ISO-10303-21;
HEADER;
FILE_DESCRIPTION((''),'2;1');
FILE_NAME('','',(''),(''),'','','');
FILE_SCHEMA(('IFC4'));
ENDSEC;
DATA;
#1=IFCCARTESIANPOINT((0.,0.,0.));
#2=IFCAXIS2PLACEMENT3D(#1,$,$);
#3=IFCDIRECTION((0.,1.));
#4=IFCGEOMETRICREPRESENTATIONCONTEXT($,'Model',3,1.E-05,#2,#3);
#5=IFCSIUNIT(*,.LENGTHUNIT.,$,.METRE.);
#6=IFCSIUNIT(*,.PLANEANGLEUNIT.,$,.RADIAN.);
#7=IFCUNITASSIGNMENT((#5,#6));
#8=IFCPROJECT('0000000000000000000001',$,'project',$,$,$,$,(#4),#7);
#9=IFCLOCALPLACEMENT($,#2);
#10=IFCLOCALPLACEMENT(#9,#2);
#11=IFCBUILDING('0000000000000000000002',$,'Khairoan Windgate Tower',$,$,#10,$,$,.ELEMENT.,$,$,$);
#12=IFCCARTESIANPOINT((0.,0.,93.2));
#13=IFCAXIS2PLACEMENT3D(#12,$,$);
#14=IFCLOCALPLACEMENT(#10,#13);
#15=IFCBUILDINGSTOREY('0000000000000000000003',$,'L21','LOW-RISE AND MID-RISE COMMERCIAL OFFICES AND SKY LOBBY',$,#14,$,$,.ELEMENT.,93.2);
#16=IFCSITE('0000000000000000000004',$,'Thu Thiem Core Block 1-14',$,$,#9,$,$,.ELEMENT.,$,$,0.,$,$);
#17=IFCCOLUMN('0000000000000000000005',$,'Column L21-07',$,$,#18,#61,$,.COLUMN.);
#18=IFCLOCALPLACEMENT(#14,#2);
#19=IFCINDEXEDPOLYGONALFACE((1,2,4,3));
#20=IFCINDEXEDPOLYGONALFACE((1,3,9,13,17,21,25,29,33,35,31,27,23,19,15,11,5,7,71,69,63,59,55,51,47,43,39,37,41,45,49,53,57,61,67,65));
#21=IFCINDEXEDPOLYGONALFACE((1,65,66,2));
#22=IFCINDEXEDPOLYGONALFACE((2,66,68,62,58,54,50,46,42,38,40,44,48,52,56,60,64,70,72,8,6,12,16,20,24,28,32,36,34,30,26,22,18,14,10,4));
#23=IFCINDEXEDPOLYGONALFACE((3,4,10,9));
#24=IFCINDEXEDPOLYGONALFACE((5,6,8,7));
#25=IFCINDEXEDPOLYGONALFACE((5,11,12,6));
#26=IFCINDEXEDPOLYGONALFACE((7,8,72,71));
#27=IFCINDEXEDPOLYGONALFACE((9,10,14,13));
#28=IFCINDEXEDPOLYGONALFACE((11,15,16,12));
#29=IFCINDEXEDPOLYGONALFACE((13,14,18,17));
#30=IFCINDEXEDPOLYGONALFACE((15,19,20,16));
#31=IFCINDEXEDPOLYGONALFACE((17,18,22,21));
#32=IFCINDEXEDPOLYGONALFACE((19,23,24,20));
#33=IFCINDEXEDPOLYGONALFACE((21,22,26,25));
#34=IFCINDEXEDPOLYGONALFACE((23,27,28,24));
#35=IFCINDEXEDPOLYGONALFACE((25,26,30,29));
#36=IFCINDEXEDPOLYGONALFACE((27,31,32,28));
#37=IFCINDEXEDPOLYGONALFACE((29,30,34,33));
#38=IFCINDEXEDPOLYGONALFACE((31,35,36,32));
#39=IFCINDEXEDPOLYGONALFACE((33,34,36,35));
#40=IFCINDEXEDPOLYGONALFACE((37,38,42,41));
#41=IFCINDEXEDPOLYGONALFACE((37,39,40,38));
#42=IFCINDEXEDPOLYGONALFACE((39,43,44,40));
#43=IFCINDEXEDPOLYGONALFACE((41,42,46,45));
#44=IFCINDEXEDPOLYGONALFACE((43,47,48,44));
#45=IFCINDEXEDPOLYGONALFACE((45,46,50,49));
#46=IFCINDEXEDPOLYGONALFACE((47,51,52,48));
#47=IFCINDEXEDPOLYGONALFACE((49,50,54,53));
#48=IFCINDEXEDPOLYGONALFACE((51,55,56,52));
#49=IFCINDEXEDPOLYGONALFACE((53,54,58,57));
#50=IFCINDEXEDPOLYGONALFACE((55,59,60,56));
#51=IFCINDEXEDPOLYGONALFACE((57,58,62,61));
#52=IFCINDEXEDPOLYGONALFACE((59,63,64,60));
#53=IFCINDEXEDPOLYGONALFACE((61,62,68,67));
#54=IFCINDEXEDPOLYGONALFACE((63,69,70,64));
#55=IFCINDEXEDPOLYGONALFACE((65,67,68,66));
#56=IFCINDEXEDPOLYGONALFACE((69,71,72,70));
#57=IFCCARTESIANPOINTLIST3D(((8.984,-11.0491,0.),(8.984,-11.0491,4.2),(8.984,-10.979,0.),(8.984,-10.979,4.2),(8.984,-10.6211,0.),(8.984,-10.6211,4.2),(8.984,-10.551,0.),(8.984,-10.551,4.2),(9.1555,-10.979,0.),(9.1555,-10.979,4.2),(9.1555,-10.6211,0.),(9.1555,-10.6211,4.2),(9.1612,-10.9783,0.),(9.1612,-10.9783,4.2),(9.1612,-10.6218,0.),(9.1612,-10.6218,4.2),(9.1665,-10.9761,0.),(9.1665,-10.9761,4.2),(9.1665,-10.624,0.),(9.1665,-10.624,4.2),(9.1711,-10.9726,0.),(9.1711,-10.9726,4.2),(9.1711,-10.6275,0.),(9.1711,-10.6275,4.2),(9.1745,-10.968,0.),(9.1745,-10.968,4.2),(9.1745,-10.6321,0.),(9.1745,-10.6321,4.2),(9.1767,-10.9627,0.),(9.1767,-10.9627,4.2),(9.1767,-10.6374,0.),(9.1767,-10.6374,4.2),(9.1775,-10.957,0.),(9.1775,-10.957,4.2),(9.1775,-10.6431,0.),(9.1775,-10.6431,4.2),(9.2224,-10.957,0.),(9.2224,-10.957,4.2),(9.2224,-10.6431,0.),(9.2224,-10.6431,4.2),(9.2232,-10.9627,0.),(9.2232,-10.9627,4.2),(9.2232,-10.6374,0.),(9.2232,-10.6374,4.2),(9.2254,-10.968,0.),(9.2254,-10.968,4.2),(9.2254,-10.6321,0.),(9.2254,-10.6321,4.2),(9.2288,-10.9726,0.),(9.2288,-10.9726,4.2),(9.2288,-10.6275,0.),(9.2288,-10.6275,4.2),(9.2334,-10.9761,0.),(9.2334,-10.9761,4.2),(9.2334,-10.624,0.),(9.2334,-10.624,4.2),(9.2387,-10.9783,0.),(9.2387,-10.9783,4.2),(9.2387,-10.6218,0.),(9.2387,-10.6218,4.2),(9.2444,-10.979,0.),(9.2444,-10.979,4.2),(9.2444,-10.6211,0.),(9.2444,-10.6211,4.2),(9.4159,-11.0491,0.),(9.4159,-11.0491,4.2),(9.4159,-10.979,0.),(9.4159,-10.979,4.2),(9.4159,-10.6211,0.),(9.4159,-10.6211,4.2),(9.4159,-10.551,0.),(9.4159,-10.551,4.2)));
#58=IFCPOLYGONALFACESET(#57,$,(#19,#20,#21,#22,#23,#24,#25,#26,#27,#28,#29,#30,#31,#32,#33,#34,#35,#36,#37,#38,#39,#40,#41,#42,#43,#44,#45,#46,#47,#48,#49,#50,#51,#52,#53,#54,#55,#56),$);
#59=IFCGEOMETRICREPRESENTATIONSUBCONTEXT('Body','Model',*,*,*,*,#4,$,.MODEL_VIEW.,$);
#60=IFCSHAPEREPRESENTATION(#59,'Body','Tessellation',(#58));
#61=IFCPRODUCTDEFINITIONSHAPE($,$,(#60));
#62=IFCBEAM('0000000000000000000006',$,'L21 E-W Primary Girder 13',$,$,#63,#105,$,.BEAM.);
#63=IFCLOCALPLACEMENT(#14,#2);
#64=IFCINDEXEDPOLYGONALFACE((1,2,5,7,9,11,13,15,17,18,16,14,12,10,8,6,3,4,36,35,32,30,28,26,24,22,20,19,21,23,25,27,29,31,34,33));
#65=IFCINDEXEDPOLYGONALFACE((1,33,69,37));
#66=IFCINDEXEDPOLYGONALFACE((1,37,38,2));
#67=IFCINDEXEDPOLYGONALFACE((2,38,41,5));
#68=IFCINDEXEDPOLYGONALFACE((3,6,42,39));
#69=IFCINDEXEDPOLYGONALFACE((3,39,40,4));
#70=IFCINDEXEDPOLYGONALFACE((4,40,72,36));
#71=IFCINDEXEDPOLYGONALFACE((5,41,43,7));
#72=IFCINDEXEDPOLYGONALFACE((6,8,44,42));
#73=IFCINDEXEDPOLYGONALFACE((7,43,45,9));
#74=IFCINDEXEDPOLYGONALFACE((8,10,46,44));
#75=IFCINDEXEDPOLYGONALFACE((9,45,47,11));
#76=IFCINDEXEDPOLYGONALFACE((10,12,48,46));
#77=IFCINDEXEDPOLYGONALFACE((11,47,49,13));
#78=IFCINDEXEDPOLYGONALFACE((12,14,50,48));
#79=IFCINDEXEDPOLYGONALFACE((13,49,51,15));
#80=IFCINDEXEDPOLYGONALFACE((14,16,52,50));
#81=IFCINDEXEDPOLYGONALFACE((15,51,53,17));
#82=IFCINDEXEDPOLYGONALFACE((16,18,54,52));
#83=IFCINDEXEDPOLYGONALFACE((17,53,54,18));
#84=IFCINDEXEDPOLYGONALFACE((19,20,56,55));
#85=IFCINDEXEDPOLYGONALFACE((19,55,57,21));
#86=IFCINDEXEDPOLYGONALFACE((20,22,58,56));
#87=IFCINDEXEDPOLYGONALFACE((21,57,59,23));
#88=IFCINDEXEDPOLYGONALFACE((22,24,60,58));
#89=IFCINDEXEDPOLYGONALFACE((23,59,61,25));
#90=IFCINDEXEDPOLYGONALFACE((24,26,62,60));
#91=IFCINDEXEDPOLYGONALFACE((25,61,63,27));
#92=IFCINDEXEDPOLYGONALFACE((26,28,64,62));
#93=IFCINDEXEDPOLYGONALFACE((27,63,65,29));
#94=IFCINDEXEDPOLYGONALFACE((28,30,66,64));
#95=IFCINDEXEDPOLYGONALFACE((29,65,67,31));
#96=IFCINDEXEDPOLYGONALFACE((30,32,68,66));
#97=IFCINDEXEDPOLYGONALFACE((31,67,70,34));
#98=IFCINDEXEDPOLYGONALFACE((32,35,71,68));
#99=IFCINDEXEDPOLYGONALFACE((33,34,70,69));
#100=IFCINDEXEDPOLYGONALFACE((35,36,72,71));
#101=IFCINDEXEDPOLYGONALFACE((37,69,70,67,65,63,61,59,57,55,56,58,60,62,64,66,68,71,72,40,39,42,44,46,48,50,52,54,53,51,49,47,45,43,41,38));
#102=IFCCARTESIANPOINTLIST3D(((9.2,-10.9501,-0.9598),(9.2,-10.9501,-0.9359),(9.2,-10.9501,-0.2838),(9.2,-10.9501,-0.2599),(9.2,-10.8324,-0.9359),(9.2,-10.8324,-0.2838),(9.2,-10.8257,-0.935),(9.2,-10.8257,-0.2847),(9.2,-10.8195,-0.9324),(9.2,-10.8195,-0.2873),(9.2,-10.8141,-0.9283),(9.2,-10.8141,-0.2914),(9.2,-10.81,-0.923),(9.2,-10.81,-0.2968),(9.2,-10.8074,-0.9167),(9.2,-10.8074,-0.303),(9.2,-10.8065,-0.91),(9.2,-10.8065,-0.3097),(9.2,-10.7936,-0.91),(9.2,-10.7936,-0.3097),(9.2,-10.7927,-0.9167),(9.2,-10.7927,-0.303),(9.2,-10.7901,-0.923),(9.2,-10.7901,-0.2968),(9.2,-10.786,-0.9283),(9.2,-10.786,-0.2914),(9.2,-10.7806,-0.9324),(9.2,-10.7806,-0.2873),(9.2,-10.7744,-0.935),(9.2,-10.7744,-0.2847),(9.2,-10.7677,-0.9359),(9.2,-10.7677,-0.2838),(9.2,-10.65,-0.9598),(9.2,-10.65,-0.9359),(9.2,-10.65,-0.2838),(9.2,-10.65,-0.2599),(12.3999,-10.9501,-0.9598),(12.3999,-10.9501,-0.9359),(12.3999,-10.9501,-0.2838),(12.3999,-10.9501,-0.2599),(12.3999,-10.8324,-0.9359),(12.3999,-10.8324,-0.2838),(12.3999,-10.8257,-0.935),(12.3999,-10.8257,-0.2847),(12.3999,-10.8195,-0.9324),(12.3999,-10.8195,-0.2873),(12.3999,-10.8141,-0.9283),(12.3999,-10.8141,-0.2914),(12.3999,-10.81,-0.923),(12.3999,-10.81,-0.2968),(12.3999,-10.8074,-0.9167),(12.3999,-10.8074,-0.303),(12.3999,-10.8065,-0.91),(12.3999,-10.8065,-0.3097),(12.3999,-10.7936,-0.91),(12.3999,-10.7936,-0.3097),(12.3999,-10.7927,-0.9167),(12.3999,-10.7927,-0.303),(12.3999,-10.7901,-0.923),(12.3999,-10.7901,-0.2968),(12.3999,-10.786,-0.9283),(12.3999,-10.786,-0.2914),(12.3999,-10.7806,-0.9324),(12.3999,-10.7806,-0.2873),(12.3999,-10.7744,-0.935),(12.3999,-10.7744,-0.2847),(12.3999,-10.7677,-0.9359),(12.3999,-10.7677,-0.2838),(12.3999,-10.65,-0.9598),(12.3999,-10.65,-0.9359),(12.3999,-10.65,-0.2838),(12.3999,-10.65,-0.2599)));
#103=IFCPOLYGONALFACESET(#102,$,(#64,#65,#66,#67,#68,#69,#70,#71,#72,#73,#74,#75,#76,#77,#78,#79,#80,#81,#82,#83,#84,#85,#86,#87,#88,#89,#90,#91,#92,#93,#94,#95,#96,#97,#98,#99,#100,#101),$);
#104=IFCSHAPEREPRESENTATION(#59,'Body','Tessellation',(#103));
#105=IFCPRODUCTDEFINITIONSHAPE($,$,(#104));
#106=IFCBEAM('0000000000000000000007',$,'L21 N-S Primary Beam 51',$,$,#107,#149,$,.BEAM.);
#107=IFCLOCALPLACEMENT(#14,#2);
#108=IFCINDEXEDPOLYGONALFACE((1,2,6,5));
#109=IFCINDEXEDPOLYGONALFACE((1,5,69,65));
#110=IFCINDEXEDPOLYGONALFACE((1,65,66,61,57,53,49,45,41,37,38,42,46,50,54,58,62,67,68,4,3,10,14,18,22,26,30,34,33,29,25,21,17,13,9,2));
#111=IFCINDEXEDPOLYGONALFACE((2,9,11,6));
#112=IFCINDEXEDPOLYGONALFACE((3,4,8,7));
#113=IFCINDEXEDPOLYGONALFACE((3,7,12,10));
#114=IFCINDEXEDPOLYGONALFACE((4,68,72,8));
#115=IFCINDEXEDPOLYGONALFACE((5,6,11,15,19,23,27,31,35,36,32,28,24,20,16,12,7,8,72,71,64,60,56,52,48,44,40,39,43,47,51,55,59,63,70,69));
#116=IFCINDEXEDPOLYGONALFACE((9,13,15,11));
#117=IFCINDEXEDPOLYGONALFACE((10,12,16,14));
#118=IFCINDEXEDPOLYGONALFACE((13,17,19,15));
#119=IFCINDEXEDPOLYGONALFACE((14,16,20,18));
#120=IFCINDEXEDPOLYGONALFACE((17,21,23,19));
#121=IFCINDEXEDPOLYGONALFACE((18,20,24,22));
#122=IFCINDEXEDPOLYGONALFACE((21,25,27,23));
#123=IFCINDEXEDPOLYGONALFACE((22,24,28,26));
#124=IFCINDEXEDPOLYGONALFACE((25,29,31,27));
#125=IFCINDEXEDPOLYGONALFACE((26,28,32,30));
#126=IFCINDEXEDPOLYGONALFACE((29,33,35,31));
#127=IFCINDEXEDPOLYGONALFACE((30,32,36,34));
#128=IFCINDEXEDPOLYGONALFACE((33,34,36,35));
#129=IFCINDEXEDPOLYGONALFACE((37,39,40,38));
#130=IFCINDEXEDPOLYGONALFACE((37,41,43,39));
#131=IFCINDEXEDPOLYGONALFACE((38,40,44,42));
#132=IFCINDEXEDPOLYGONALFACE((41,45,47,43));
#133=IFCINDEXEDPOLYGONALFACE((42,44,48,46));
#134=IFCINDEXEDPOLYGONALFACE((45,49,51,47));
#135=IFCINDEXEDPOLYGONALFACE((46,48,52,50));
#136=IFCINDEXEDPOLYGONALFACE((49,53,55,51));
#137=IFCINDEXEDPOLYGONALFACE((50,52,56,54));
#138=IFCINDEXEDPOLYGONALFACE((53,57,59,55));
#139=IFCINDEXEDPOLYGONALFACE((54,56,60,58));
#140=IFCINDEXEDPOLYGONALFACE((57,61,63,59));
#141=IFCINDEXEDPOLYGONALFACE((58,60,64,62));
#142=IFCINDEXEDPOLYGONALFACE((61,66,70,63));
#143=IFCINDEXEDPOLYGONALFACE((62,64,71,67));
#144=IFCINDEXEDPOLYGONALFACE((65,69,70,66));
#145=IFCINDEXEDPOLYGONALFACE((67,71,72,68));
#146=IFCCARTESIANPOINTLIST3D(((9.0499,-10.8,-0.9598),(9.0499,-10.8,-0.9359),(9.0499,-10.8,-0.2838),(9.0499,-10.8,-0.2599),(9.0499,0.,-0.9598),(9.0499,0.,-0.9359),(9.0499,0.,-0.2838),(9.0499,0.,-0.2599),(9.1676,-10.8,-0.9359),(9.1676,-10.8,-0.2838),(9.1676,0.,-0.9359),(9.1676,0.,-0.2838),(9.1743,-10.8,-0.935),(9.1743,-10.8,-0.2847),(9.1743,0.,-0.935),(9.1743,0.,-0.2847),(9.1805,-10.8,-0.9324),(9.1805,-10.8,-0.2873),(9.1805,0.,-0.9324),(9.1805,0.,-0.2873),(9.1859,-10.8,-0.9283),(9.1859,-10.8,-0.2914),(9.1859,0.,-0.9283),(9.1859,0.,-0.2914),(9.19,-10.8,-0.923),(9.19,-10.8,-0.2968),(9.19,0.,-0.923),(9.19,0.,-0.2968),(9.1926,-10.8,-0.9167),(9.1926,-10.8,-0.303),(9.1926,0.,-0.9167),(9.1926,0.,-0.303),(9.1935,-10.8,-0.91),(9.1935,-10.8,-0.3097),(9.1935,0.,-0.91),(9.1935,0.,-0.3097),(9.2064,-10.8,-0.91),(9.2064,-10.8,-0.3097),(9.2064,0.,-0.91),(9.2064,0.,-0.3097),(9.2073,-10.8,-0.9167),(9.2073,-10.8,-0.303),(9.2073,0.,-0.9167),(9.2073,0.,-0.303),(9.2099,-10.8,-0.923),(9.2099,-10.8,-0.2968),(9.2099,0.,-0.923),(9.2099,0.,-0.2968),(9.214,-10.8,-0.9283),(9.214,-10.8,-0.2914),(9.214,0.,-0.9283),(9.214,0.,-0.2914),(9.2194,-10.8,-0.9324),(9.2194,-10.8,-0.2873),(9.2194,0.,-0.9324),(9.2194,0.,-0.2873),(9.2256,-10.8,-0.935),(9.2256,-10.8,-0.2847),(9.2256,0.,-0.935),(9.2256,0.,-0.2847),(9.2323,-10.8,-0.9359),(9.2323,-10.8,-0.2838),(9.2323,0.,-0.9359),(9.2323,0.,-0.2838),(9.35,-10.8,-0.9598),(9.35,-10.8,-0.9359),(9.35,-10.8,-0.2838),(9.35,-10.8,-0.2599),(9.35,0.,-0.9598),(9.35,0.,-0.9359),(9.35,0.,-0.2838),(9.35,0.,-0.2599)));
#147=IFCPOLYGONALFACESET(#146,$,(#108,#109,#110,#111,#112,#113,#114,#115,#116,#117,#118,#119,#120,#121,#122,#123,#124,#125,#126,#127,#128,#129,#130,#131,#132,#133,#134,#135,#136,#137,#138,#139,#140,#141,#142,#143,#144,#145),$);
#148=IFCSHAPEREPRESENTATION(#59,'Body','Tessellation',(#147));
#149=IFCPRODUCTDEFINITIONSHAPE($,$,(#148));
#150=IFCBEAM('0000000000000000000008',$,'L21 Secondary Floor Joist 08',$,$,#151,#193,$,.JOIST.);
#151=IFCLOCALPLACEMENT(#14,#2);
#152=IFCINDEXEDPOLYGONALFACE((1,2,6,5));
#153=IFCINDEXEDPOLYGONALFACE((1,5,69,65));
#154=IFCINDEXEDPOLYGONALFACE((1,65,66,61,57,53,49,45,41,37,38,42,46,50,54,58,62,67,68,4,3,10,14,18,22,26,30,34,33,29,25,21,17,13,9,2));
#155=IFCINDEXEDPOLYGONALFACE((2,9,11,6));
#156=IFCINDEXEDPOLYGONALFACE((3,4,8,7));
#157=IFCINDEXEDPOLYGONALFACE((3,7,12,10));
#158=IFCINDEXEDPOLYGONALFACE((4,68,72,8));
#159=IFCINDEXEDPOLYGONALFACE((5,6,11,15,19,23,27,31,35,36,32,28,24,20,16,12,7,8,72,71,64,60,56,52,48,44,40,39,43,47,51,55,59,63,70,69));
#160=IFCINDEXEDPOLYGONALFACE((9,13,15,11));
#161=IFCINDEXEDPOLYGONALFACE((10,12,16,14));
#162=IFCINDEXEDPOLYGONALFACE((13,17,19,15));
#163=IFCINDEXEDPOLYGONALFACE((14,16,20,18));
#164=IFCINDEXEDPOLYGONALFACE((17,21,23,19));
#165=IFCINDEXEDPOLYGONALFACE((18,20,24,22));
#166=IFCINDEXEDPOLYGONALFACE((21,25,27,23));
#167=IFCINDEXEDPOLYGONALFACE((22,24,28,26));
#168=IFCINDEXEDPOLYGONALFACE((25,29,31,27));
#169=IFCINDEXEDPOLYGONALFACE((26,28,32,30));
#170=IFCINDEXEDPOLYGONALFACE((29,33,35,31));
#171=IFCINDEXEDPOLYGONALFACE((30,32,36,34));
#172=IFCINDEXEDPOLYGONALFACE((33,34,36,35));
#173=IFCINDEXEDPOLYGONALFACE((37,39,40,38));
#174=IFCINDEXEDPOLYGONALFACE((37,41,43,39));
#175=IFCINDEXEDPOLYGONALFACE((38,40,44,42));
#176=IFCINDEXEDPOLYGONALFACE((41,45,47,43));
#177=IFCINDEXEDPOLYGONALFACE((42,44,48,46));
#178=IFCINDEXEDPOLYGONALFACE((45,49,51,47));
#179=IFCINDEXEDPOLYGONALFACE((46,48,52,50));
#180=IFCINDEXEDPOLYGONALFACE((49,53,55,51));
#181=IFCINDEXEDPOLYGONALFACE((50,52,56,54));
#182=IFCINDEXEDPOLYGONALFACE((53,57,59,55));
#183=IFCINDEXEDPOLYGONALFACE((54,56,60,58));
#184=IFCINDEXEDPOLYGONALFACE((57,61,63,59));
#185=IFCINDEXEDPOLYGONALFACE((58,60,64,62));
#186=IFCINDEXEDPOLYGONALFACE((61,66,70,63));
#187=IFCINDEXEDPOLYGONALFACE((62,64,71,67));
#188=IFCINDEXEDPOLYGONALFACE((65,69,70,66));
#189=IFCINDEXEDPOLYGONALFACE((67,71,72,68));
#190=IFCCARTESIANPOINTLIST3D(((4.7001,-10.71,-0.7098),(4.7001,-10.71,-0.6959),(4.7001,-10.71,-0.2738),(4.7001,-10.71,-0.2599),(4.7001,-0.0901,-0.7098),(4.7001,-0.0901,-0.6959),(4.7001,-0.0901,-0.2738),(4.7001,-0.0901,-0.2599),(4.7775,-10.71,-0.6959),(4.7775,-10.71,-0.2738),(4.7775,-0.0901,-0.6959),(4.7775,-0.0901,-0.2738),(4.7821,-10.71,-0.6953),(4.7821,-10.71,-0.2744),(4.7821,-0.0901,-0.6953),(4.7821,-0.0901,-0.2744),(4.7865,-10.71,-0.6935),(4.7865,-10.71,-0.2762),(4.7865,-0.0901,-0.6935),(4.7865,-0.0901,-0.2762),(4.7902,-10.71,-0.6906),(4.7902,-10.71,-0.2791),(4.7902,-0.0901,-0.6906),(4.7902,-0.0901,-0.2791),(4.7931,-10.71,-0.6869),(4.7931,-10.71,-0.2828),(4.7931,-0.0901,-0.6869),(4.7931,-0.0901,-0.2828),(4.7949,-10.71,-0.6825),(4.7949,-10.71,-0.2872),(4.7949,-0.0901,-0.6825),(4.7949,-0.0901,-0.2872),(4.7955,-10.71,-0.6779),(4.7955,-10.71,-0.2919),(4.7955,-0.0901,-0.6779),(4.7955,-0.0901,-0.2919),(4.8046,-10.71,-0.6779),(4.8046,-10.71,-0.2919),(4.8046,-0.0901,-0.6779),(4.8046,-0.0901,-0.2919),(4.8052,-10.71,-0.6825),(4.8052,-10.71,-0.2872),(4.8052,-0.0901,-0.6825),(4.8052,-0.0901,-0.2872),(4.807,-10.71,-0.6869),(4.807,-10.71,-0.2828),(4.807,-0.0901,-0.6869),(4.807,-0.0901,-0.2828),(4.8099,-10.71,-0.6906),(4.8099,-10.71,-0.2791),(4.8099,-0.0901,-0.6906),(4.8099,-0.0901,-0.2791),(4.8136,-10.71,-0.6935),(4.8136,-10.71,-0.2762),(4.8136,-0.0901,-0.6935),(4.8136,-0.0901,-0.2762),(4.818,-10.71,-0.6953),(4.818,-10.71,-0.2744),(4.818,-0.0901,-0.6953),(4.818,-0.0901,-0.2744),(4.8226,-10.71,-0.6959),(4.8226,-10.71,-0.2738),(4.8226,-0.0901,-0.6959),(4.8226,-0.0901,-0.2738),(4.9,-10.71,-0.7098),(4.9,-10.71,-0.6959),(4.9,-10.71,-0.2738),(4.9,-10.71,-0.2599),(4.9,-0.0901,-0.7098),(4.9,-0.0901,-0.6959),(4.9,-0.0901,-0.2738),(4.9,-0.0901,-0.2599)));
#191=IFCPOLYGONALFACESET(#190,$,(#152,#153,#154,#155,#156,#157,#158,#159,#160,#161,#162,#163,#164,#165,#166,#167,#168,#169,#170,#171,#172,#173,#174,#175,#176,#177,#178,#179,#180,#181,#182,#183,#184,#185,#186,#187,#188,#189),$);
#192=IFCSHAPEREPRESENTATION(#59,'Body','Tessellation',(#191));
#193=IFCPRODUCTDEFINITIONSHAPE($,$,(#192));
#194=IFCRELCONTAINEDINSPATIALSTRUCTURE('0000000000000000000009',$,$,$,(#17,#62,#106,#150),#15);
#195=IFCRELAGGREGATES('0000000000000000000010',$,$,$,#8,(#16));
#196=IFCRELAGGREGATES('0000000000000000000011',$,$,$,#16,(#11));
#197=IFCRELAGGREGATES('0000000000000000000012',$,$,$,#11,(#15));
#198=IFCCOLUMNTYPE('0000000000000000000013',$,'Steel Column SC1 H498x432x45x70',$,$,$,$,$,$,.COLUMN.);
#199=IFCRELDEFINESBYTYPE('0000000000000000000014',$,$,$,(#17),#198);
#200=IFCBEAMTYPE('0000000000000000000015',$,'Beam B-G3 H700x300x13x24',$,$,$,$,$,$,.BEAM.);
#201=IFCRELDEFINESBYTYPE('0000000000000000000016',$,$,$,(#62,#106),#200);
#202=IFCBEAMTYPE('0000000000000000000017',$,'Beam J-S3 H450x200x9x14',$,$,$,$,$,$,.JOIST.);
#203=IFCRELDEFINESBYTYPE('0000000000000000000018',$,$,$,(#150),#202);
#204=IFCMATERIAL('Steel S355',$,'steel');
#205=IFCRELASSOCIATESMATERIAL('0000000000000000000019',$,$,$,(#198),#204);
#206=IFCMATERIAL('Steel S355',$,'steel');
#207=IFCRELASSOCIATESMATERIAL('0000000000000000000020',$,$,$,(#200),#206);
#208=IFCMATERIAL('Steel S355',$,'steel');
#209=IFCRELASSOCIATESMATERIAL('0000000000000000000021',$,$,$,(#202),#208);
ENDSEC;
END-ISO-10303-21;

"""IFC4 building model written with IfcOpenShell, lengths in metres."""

from ifc_helpers import new_model, si_unit, direction, frame, origin, origin_2d, place, context, subcontext, project, spatial, i_section, extrude, material, material_profile, profile_set, type_object, element, save


model = new_model("IFC4")

# Units and contexts
model_context = context("Model", 3, precision=1e-05, world=origin(), true_north=direction((0.0, 1.0)))
body_context = subcontext(model_context, "Body", "Model", "MODEL_VIEW")
ifc_project = project(units=[si_unit("LENGTHUNIT", "METRE"), si_unit("PLANEANGLEUNIT", "RADIAN")], contexts=[model_context])

# Site, building, storey
site_placement = place(None, origin())
site = spatial("IfcSite", under=ifc_project, at=site_placement, Name="Thu Thiem Core Block 1-14", CompositionType="ELEMENT", RefElevation=0.0)
building_placement = place(site_placement, origin())
building = spatial("IfcBuilding", under=site, at=building_placement, Name="Khairoan Windgate Tower", CompositionType="ELEMENT")
storey_placement = place(building_placement, frame((0.0, 0.0, 93.2)))
storey = spatial("IfcBuildingStorey", under=building, at=storey_placement, Name="L21", Description="LOW-RISE AND MID-RISE COMMERCIAL OFFICES AND SKY LOBBY", CompositionType="ELEMENT", Elevation=93.2)

# Column
ifc_material_1 = material(Name="Steel S355", Category="steel")
ifc_material_profile_1 = material_profile(ifc_material_1, i_section(OverallWidth=0.4319, OverallDepth=0.498, WebThickness=0.0449, FlangeThickness=0.0701, FilletRadius=0.022, at=origin_2d()))
ifc_profile_set_1 = profile_set([ifc_material_profile_1], Name="Steel S355")
column_type = type_object("IfcColumnType", Name="Steel Column SC1 H498x432x45x70", PredefinedType="COLUMN", material=ifc_profile_set_1)
column_placement = place(storey_placement, frame((9.2, -10.8, 0.0), z_axis=(0.0, 0.0, 1.0), x_axis=(1.0, 0.0, 0.0)))
element("IfcColumn", 1, at=column_placement, inside=storey, type_object=column_type, Name="Column L21-07", PredefinedType="COLUMN", context=body_context, shape_type="SweptSolid", body=[
    extrude(i_section(OverallWidth=0.4319, OverallDepth=0.498, WebThickness=0.0449, FlangeThickness=0.0701, FilletRadius=0.022, at=origin_2d()), origin(), (0.0, 0.0, 1.0), 4.2),
])

# Beams
ifc_material_2 = material(Name="Steel S355", Category="steel")
ifc_material_profile_2 = material_profile(ifc_material_2, i_section(OverallWidth=0.3, OverallDepth=0.7, WebThickness=0.0129, FlangeThickness=0.0239, FilletRadius=0.0259, at=origin_2d()))
ifc_profile_set_2 = profile_set([ifc_material_profile_2], Name="Steel S355")
beam_type_1 = type_object("IfcBeamType", Name="Beam B-G3 H700x300x13x24", PredefinedType="BEAM", material=ifc_profile_set_2)
beam_1_placement = place(storey_placement, frame((9.2, -10.8, -0.6099), z_axis=(1.0, 0.0, 0.0), x_axis=(0.0, 1.0, 0.0)))
element("IfcBeam", 2, at=beam_1_placement, inside=storey, type_object=beam_type_1, Name="L21 E-W Primary Girder 13", PredefinedType="BEAM", context=body_context, shape_type="SweptSolid", body=[
    extrude(i_section(OverallWidth=0.3, OverallDepth=0.7, WebThickness=0.0129, FlangeThickness=0.0239, FilletRadius=0.0259, at=origin_2d()), origin(), (0.0, 0.0, 1.0), 3.2),
])
beam_2_placement = place(storey_placement, frame((9.2, -10.8, -0.6099), z_axis=(0.0, 1.0, 0.0), x_axis=(-1.0, 0.0, 0.0)))
element("IfcBeam", 3, at=beam_2_placement, inside=storey, type_object=beam_type_1, Name="L21 N-S Primary Beam 51", PredefinedType="BEAM", context=body_context, shape_type="SweptSolid", body=[
    extrude(i_section(OverallWidth=0.3, OverallDepth=0.7, WebThickness=0.0129, FlangeThickness=0.0239, FilletRadius=0.0259, at=origin_2d()), origin(), (0.0, 0.0, 1.0), 10.8),
])
ifc_material_3 = material(Name="Steel S355", Category="steel")
ifc_material_profile_3 = material_profile(ifc_material_3, i_section(OverallWidth=0.2, OverallDepth=0.45, WebThickness=0.009, FlangeThickness=0.0139, FilletRadius=0.0181, at=origin_2d()))
ifc_profile_set_3 = profile_set([ifc_material_profile_3], Name="Steel S355")
beam_type_2 = type_object("IfcBeamType", Name="Beam J-S3 H450x200x9x14", PredefinedType="JOIST", material=ifc_profile_set_3)
beam_3_placement = place(storey_placement, frame((4.8, -10.71, -0.4849), z_axis=(0.0, 1.0, 0.0), x_axis=(-1.0, 0.0, 0.0)))
element("IfcBeam", 4, at=beam_3_placement, inside=storey, type_object=beam_type_2, Name="L21 Secondary Floor Joist 08", PredefinedType="JOIST", context=body_context, shape_type="SweptSolid", body=[
    extrude(i_section(OverallWidth=0.2, OverallDepth=0.45, WebThickness=0.009, FlangeThickness=0.0139, FilletRadius=0.0181, at=origin_2d()), origin(), (0.0, 0.0, 1.0), 10.6199),
])

save(model, "model.ifc")
